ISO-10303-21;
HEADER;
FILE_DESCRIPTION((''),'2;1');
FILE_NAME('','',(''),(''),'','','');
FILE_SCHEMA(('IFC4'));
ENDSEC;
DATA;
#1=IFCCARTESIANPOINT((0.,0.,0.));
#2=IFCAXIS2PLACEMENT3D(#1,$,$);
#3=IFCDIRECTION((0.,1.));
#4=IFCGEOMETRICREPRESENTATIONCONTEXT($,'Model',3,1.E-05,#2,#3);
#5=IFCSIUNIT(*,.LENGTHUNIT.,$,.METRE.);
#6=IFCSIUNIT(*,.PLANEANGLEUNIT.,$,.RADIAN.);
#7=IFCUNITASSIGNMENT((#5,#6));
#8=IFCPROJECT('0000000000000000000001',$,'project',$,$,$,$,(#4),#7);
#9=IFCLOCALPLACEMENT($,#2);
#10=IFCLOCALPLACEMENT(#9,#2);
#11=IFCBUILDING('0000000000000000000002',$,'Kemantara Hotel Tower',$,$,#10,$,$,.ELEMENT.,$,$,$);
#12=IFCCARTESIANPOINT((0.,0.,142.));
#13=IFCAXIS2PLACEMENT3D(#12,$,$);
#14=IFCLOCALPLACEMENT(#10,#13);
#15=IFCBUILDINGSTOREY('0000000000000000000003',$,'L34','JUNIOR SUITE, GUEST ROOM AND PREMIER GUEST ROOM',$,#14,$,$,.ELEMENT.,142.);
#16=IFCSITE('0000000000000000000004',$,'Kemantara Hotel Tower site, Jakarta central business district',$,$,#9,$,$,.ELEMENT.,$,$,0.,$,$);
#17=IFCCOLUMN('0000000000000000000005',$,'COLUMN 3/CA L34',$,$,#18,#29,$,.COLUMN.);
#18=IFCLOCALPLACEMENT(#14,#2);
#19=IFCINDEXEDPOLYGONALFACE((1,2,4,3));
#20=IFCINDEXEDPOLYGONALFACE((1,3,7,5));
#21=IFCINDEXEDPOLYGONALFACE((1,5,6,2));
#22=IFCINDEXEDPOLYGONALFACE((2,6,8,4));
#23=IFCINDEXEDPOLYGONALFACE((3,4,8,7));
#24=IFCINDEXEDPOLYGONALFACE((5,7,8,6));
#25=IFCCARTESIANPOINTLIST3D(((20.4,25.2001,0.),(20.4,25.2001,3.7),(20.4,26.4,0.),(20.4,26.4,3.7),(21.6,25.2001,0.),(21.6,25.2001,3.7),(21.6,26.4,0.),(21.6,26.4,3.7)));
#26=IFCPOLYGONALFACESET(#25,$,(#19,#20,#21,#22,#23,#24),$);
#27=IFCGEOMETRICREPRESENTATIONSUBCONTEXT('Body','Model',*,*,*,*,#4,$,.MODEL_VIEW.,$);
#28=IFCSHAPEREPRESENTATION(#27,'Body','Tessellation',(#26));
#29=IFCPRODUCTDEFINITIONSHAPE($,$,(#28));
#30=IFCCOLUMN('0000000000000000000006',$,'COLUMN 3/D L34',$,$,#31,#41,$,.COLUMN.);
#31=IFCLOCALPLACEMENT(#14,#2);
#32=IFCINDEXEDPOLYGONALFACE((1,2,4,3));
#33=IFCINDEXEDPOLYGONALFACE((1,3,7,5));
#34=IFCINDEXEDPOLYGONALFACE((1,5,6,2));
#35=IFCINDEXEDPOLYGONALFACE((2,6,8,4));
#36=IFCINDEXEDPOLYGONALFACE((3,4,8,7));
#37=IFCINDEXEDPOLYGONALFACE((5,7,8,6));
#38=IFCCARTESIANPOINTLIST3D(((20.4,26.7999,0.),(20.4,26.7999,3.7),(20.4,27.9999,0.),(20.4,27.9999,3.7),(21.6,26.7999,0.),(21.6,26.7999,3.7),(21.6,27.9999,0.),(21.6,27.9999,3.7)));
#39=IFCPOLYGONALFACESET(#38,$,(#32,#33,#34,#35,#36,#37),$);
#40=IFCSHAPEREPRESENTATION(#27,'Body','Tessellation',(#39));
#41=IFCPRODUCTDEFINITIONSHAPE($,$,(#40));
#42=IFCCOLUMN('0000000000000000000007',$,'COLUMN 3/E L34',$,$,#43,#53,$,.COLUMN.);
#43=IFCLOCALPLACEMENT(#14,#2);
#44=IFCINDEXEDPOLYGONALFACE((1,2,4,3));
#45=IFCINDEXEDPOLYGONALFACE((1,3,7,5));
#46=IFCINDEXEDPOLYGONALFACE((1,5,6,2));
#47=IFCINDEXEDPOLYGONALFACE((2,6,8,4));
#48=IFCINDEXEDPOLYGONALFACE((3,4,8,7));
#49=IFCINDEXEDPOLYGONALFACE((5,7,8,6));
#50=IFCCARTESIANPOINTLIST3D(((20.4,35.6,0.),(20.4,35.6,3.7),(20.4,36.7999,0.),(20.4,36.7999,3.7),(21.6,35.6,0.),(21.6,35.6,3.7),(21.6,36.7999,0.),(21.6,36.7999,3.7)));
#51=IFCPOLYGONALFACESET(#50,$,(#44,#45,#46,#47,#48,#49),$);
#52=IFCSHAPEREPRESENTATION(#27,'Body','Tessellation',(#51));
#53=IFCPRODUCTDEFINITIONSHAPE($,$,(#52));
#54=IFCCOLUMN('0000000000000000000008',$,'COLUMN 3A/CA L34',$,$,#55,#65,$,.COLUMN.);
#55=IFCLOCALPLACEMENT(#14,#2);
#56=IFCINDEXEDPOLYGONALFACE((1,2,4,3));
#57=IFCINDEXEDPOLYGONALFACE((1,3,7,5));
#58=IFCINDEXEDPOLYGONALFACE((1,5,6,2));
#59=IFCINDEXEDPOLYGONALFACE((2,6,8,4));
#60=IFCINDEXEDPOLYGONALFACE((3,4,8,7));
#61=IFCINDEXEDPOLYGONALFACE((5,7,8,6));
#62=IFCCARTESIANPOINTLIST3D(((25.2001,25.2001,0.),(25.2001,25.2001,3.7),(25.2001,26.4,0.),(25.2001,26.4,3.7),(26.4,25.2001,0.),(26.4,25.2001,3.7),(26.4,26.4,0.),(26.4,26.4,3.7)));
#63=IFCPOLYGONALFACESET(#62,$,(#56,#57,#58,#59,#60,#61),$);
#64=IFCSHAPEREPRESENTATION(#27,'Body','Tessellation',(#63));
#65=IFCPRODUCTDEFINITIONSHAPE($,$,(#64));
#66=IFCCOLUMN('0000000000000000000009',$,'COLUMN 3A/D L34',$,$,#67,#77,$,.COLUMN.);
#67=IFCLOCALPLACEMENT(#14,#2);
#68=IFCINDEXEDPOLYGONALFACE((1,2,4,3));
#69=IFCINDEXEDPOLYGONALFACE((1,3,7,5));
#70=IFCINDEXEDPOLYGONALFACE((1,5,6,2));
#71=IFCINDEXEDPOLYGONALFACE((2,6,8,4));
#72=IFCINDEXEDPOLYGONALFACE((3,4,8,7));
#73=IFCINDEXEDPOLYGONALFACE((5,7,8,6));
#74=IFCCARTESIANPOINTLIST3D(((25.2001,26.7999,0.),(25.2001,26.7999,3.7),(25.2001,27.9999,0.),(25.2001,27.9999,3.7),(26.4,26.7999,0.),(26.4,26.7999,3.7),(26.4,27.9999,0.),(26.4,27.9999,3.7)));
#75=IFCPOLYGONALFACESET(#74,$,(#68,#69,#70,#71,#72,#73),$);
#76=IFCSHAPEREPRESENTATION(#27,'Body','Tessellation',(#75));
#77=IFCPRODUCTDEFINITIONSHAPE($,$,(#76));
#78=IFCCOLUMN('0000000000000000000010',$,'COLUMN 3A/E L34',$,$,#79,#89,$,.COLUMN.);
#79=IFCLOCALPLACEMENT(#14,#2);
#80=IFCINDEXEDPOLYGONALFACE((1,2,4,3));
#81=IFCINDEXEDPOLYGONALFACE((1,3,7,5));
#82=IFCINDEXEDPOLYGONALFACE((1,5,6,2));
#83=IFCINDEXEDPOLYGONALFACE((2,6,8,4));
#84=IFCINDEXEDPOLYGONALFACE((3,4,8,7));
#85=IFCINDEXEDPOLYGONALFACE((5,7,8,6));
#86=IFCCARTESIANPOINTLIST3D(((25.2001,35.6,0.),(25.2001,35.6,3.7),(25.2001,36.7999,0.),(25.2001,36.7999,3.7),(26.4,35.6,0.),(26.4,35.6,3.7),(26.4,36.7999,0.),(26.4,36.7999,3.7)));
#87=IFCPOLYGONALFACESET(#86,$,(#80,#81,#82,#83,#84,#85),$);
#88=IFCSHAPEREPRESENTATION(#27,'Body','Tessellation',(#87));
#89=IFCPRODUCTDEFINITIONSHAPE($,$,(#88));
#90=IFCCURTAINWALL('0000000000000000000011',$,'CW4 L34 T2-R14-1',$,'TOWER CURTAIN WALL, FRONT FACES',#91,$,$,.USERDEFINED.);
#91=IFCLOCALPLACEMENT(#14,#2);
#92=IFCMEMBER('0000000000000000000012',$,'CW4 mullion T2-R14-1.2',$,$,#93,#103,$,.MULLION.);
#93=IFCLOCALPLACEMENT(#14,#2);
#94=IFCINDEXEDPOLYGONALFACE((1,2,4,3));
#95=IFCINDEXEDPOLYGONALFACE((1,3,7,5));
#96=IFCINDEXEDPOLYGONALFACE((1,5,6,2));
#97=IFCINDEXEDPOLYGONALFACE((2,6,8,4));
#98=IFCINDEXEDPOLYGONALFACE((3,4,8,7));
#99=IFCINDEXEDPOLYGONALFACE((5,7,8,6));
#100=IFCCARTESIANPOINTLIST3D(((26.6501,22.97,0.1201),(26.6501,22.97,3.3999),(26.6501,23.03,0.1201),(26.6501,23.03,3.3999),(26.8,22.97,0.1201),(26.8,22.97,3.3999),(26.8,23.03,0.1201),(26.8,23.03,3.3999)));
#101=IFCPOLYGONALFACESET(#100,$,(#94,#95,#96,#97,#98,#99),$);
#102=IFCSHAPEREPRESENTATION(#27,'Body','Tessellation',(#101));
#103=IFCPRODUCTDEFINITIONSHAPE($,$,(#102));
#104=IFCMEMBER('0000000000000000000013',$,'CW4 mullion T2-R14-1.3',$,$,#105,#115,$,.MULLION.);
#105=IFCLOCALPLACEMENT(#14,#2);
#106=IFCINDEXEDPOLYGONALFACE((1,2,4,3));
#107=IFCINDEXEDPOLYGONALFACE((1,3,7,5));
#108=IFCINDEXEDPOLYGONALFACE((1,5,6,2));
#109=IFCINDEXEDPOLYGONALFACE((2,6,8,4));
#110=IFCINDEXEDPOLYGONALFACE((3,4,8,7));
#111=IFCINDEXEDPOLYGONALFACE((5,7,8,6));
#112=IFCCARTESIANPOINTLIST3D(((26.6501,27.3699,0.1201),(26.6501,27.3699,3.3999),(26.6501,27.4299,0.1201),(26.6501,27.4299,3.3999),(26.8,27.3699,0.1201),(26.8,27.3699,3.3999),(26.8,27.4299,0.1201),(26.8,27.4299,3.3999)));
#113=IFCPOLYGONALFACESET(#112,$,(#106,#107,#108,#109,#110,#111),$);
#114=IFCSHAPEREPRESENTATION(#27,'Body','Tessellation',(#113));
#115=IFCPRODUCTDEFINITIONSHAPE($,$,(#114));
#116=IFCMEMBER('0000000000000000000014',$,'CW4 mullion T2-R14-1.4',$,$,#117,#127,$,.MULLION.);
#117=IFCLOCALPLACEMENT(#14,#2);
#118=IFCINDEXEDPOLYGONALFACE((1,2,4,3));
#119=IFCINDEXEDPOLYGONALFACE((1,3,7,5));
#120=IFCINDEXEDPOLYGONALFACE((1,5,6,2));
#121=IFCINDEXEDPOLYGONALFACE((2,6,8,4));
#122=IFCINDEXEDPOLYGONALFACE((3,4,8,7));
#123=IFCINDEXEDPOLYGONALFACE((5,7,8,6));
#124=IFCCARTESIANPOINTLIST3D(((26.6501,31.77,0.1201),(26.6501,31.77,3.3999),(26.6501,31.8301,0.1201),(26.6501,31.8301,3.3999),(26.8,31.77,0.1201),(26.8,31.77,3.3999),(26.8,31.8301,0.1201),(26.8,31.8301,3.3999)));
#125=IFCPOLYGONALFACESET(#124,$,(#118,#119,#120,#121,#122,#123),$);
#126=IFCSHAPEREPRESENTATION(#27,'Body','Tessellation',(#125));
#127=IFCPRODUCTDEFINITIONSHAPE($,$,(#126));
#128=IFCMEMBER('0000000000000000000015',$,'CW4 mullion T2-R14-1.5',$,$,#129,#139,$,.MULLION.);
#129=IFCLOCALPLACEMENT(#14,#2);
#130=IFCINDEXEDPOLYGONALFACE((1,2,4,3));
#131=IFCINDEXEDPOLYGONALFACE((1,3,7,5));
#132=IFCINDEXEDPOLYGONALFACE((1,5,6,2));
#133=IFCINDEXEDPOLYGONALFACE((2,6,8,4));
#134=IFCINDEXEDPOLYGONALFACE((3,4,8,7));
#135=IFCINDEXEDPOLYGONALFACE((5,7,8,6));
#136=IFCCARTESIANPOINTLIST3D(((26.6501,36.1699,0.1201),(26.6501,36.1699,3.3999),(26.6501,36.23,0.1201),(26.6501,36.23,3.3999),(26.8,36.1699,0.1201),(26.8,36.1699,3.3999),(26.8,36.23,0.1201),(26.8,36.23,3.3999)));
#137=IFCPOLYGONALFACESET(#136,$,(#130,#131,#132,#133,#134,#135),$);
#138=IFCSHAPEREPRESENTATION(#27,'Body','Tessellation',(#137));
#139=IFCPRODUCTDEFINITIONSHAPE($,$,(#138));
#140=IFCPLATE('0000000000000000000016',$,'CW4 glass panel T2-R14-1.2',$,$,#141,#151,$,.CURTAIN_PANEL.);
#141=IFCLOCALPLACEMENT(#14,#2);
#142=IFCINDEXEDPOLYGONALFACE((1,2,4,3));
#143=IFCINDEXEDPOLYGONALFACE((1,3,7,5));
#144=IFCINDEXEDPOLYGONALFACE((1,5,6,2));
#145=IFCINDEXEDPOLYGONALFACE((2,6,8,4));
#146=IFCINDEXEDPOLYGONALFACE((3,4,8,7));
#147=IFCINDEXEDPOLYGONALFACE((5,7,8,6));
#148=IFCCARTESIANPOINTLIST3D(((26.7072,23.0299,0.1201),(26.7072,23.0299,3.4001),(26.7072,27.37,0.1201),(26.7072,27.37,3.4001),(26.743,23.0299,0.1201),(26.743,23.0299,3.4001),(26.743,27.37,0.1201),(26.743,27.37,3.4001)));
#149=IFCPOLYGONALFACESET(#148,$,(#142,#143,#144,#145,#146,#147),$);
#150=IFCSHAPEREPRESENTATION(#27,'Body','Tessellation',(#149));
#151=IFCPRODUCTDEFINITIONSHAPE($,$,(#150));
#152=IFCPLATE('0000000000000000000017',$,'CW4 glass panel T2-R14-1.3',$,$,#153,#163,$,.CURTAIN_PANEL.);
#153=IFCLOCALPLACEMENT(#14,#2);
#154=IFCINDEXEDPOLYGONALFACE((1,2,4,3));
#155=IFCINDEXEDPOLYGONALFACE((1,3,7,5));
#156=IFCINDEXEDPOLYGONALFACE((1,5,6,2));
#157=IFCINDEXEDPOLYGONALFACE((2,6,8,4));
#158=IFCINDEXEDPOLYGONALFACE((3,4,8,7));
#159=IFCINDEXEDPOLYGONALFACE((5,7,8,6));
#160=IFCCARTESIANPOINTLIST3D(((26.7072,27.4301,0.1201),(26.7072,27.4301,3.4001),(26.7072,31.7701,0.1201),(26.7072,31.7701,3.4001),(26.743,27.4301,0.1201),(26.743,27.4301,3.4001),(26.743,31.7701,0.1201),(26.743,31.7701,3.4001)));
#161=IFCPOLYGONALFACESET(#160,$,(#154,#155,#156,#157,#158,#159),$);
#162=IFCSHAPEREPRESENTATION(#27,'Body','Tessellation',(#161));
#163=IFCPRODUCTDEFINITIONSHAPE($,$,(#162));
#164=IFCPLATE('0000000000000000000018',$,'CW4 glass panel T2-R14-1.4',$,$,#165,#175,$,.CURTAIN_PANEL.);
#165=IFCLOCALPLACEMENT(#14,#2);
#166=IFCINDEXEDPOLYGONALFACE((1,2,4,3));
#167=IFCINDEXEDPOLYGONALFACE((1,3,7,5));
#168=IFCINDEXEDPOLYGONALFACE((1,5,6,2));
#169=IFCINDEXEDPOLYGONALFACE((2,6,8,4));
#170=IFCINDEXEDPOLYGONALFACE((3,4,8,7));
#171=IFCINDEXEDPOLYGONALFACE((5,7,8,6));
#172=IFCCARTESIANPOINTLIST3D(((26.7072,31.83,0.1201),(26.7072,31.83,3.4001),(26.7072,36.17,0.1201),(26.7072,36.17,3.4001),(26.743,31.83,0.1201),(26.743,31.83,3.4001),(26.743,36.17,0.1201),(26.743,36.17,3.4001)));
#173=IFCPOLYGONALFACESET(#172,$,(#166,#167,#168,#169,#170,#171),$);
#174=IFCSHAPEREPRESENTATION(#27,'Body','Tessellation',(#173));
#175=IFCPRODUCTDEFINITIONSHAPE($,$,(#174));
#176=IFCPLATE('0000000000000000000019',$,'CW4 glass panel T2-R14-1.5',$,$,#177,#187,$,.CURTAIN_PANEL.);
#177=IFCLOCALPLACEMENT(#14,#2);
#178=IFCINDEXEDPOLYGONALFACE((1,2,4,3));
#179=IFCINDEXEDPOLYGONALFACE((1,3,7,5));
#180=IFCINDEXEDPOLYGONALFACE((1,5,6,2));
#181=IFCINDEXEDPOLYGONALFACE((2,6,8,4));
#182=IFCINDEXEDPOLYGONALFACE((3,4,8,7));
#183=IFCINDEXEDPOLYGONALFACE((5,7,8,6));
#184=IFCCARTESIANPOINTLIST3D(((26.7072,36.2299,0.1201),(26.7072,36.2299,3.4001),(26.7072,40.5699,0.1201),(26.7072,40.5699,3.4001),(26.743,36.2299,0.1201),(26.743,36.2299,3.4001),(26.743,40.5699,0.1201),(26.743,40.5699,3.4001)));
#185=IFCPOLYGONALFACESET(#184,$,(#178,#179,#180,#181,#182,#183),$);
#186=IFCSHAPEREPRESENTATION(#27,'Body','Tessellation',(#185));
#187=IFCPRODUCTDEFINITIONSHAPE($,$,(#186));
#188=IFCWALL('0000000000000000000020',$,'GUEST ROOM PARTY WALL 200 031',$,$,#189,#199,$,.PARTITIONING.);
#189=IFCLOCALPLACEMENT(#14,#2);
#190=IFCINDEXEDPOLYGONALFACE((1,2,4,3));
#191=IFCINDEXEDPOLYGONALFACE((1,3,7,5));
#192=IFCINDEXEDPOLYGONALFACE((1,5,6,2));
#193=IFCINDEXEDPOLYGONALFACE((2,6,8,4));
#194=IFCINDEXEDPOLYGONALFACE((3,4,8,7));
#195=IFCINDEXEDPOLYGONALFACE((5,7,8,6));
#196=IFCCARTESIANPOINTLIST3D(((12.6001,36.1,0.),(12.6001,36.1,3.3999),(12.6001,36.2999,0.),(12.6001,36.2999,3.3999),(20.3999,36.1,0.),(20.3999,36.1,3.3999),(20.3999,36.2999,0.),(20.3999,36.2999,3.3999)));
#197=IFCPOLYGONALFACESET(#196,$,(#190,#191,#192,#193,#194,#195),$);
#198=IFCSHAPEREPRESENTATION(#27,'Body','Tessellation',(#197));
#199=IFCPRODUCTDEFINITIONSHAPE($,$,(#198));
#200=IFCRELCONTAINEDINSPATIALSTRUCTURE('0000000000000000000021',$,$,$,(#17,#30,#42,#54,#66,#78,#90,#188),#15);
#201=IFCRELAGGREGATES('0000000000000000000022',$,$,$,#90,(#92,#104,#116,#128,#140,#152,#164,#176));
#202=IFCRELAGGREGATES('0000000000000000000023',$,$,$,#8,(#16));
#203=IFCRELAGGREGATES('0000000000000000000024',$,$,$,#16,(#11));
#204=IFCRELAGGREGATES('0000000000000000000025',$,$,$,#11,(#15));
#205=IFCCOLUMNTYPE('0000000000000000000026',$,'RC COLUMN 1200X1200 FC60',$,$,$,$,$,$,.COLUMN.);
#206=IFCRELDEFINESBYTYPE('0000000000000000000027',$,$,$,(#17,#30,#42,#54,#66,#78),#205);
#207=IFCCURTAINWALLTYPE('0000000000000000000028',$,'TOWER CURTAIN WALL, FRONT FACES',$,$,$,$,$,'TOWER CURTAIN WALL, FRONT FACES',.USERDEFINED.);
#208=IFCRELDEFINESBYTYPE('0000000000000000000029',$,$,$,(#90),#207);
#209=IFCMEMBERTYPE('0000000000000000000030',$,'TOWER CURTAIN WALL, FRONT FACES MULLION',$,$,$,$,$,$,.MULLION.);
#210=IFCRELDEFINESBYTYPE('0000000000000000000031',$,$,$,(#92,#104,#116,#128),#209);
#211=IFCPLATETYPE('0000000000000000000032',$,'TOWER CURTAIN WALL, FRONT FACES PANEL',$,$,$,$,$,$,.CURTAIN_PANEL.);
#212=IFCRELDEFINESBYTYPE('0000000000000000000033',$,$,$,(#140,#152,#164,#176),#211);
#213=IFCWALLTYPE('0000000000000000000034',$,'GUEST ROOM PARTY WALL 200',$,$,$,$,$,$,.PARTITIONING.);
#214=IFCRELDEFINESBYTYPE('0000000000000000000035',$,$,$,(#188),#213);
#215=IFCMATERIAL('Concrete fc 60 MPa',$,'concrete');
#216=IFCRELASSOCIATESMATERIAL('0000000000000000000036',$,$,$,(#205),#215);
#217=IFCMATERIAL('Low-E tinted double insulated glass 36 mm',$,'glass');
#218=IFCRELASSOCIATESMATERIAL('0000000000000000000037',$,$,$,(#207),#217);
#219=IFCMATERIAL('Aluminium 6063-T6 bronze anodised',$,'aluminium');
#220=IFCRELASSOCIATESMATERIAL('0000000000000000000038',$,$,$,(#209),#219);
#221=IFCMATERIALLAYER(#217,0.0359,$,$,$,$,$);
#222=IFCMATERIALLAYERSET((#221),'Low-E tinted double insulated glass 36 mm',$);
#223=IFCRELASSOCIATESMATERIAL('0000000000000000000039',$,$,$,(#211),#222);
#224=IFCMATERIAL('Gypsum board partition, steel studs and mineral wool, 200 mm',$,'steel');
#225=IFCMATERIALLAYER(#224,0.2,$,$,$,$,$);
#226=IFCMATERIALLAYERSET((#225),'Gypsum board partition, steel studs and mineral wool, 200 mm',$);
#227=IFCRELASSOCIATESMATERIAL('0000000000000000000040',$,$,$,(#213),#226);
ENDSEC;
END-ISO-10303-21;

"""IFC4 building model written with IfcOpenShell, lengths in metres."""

from ifc_helpers import new_model, si_unit, direction, frame, frame_2d, origin, origin_2d, place, context, subcontext, project, spatial, rectangle, extrude, source, transform, mapped, material, layer, layer_set, material_profile, profile_set, type_object, element, aggregate, save


model = new_model("IFC4")

# Units and contexts
model_context = context("Model", 3, precision=1e-05, world=origin(), true_north=direction((0.0, 1.0)))
body_context = subcontext(model_context, "Body", "Model", "MODEL_VIEW")
ifc_project = project(units=[si_unit("LENGTHUNIT", "METRE"), si_unit("PLANEANGLEUNIT", "RADIAN")], contexts=[model_context])

# Site, building, storey
site_placement = place(None, origin())
site = spatial("IfcSite", under=ifc_project, at=site_placement, Name="Kemantara Hotel Tower site, Jakarta central business district", CompositionType="ELEMENT", RefElevation=0.0)
building_placement = place(site_placement, origin())
building = spatial("IfcBuilding", under=site, at=building_placement, Name="Kemantara Hotel Tower", CompositionType="ELEMENT")
storey_placement = place(building_placement, frame((0.0, 0.0, 142.0)))
storey = spatial("IfcBuildingStorey", under=building, at=storey_placement, Name="L34", Description="JUNIOR SUITE, GUEST ROOM AND PREMIER GUEST ROOM", CompositionType="ELEMENT", Elevation=142.0)

# Columns
ifc_material_1 = material(Name="Concrete fc 60 MPa", Category="concrete")
ifc_material_profile_1 = material_profile(ifc_material_1, rectangle(XDim=1.2, YDim=1.2, at=origin_2d()), Name="RC 1200X1200")
ifc_profile_set_1 = profile_set([ifc_material_profile_1], Name="Concrete fc 60 MPa")
column_type = type_object("IfcColumnType", Name="RC COLUMN 1200X1200 FC60", PredefinedType="COLUMN", material=ifc_profile_set_1)
for number, where, z_axis, x_axis, name in (
    (1, (21.0, 25.8, 0.0), (0.0, 0.0, 1.0), (1.0, 0.0, 0.0), "COLUMN 3/CA L34"),
    (2, (21.0, 27.3999, 0.0), (0.0, 0.0, 1.0), (1.0, 0.0, 0.0), "COLUMN 3/D L34"),
    (3, (21.0, 36.2, 0.0), (0.0, 0.0, 1.0), (1.0, 0.0, 0.0), "COLUMN 3/E L34"),
    (4, (25.8, 25.8, 0.0), (0.0, 0.0, 1.0), (1.0, 0.0, 0.0), "COLUMN 3A/CA L34"),
    (5, (25.8, 27.3999, 0.0), (0.0, 0.0, 1.0), (1.0, 0.0, 0.0), "COLUMN 3A/D L34"),
    (6, (25.8, 36.2, 0.0), (0.0, 0.0, 1.0), (1.0, 0.0, 0.0), "COLUMN 3A/E L34"),
):
    element("IfcColumn", number, at=place(storey_placement, frame(where, z_axis=z_axis, x_axis=x_axis)), inside=storey, type_object=column_type, Name=name, PredefinedType="COLUMN", context=body_context, shape_type="SweptSolid", body=[
        extrude(rectangle(XDim=1.2, YDim=1.2, at=origin_2d()), origin(), (0.0, 0.0, 1.0), 3.7),
    ])

# Curtain wall, members, plates
ifc_material_2 = material(Name="Low-E tinted double insulated glass 36 mm", Category="glass")
curtain_wall_type = type_object("IfcCurtainWallType", Name="TOWER CURTAIN WALL, FRONT FACES", ElementType="TOWER CURTAIN WALL, FRONT FACES", PredefinedType="USERDEFINED", material=ifc_material_2)
curtain_wall_placement = place(storey_placement, origin())
curtain_wall = element("IfcCurtainWall", 7, at=curtain_wall_placement, inside=storey, type_object=curtain_wall_type, Name="CW4 L34 T2-R14-1", ObjectType="TOWER CURTAIN WALL, FRONT FACES", PredefinedType="USERDEFINED")
ifc_material_3 = material(Name="Aluminium 6063-T6 bronze anodised", Category="aluminium")
ifc_material_profile_2 = material_profile(ifc_material_3, rectangle(XDim=0.1499, YDim=0.0601, at=origin_2d()), Name="TOWER CURTAIN WALL, FRONT FACES MULLION")
ifc_profile_set_2 = profile_set([ifc_material_profile_2], Name="Aluminium 6063-T6 bronze anodised")
member_type = type_object("IfcMemberType", Name="TOWER CURTAIN WALL, FRONT FACES MULLION", PredefinedType="MULLION", material=ifc_profile_set_2)
shared_shape_1 = source(origin(), body_context, "Body", "SweptSolid", [
    extrude(rectangle(XDim=0.1499, YDim=0.0601, at=origin_2d()), origin(), (0.0, 0.0, 1.0), 3.2798),
])
member_1_placement = place(storey_placement, frame((26.7251, 23.0, 0.1201), z_axis=(0.0, 0.0, 1.0), x_axis=(-1.0, 0.0, 0.0)))
member_1 = element("IfcMember", 8, at=member_1_placement, type_object=member_type, Name="CW4 mullion T2-R14-1.2", PredefinedType="MULLION", context=body_context, shape_type="MappedRepresentation", body=[
    mapped(shared_shape_1, transform((0.0, 0.0, 0.0))),
])
member_2_placement = place(storey_placement, frame((26.7251, 27.3999, 0.1201), z_axis=(0.0, 0.0, 1.0), x_axis=(-1.0, 0.0, 0.0)))
member_2 = element("IfcMember", 9, at=member_2_placement, type_object=member_type, Name="CW4 mullion T2-R14-1.3", PredefinedType="MULLION", context=body_context, shape_type="MappedRepresentation", body=[
    mapped(shared_shape_1, transform((0.0, 0.0, 0.0))),
])
member_3_placement = place(storey_placement, frame((26.7251, 31.8, 0.1201), z_axis=(0.0, 0.0, 1.0), x_axis=(-1.0, 0.0, 0.0)))
member_3 = element("IfcMember", 10, at=member_3_placement, type_object=member_type, Name="CW4 mullion T2-R14-1.4", PredefinedType="MULLION", context=body_context, shape_type="MappedRepresentation", body=[
    mapped(shared_shape_1, transform((0.0, 0.0, 0.0))),
])
member_4_placement = place(storey_placement, frame((26.7251, 36.2, 0.1201), z_axis=(0.0, 0.0, 1.0), x_axis=(-1.0, 0.0, 0.0)))
member_4 = element("IfcMember", 11, at=member_4_placement, type_object=member_type, Name="CW4 mullion T2-R14-1.5", PredefinedType="MULLION", context=body_context, shape_type="MappedRepresentation", body=[
    mapped(shared_shape_1, transform((0.0, 0.0, 0.0))),
])
ifc_layer_1 = layer(ifc_material_2, 0.0359)
ifc_layer_set_1 = layer_set([ifc_layer_1], Name="Low-E tinted double insulated glass 36 mm")
plate_type = type_object("IfcPlateType", Name="TOWER CURTAIN WALL, FRONT FACES PANEL", PredefinedType="CURTAIN_PANEL", material=ifc_layer_set_1)
shared_shape_2 = source(origin(), body_context, "Body", "SweptSolid", [
    extrude(rectangle(XDim=4.3401, YDim=0.0359, at=origin_2d()), origin(), (0.0, 0.0, 1.0), 3.28),
])
plate_1_placement = place(storey_placement, frame((26.7251, 25.2, 0.1201), z_axis=(0.0, 0.0, 1.0), x_axis=(0.0, 1.0, 0.0)))
plate_1 = element("IfcPlate", 12, at=plate_1_placement, type_object=plate_type, Name="CW4 glass panel T2-R14-1.2", PredefinedType="CURTAIN_PANEL", context=body_context, shape_type="MappedRepresentation", body=[
    mapped(shared_shape_2, transform((0.0, 0.0, 0.0))),
])
plate_2_placement = place(storey_placement, frame((26.7251, 29.6001, 0.1201), z_axis=(0.0, 0.0, 1.0), x_axis=(0.0, 1.0, 0.0)))
plate_2 = element("IfcPlate", 13, at=plate_2_placement, type_object=plate_type, Name="CW4 glass panel T2-R14-1.3", PredefinedType="CURTAIN_PANEL", context=body_context, shape_type="MappedRepresentation", body=[
    mapped(shared_shape_2, transform((0.0, 0.0, 0.0))),
])
plate_3_placement = place(storey_placement, frame((26.7251, 34.0, 0.1201), z_axis=(0.0, 0.0, 1.0), x_axis=(0.0, 1.0, 0.0)))
plate_3 = element("IfcPlate", 14, at=plate_3_placement, type_object=plate_type, Name="CW4 glass panel T2-R14-1.4", PredefinedType="CURTAIN_PANEL", context=body_context, shape_type="MappedRepresentation", body=[
    mapped(shared_shape_2, transform((0.0, 0.0, 0.0))),
])
plate_4_placement = place(storey_placement, frame((26.7251, 38.3999, 0.1201), z_axis=(0.0, 0.0, 1.0), x_axis=(0.0, 1.0, 0.0)))
plate_4 = element("IfcPlate", 15, at=plate_4_placement, type_object=plate_type, Name="CW4 glass panel T2-R14-1.5", PredefinedType="CURTAIN_PANEL", context=body_context, shape_type="MappedRepresentation", body=[
    mapped(shared_shape_2, transform((0.0, 0.0, 0.0))),
])
aggregate(curtain_wall, [member_1, member_2, member_3, member_4, plate_1, plate_2, plate_3, plate_4])

# Wall
ifc_material_4 = material(Name="Gypsum board partition, steel studs and mineral wool, 200 mm", Category="steel")
ifc_layer_2 = layer(ifc_material_4, 0.2)
ifc_layer_set_2 = layer_set([ifc_layer_2], Name="Gypsum board partition, steel studs and mineral wool, 200 mm")
wall_type_1 = type_object("IfcWallType", Name="GUEST ROOM PARTY WALL 200", PredefinedType="PARTITIONING", material=ifc_layer_set_2)
wall_1_placement = place(storey_placement, frame((12.6001, 36.2, 0.0), z_axis=(0.0, 0.0, 1.0), x_axis=(1.0, 0.0, 0.0)))
element("IfcWall", 16, at=wall_1_placement, inside=storey, type_object=wall_type_1, Name="GUEST ROOM PARTY WALL 200 031", PredefinedType="PARTITIONING", context=body_context, shape_type="SweptSolid", body=[
    extrude(rectangle(XDim=7.7998, YDim=0.2, at=frame_2d((3.8999, 0.0))), origin(), (0.0, 0.0, 1.0), 3.3999),
])

save(model, "model.ifc")
